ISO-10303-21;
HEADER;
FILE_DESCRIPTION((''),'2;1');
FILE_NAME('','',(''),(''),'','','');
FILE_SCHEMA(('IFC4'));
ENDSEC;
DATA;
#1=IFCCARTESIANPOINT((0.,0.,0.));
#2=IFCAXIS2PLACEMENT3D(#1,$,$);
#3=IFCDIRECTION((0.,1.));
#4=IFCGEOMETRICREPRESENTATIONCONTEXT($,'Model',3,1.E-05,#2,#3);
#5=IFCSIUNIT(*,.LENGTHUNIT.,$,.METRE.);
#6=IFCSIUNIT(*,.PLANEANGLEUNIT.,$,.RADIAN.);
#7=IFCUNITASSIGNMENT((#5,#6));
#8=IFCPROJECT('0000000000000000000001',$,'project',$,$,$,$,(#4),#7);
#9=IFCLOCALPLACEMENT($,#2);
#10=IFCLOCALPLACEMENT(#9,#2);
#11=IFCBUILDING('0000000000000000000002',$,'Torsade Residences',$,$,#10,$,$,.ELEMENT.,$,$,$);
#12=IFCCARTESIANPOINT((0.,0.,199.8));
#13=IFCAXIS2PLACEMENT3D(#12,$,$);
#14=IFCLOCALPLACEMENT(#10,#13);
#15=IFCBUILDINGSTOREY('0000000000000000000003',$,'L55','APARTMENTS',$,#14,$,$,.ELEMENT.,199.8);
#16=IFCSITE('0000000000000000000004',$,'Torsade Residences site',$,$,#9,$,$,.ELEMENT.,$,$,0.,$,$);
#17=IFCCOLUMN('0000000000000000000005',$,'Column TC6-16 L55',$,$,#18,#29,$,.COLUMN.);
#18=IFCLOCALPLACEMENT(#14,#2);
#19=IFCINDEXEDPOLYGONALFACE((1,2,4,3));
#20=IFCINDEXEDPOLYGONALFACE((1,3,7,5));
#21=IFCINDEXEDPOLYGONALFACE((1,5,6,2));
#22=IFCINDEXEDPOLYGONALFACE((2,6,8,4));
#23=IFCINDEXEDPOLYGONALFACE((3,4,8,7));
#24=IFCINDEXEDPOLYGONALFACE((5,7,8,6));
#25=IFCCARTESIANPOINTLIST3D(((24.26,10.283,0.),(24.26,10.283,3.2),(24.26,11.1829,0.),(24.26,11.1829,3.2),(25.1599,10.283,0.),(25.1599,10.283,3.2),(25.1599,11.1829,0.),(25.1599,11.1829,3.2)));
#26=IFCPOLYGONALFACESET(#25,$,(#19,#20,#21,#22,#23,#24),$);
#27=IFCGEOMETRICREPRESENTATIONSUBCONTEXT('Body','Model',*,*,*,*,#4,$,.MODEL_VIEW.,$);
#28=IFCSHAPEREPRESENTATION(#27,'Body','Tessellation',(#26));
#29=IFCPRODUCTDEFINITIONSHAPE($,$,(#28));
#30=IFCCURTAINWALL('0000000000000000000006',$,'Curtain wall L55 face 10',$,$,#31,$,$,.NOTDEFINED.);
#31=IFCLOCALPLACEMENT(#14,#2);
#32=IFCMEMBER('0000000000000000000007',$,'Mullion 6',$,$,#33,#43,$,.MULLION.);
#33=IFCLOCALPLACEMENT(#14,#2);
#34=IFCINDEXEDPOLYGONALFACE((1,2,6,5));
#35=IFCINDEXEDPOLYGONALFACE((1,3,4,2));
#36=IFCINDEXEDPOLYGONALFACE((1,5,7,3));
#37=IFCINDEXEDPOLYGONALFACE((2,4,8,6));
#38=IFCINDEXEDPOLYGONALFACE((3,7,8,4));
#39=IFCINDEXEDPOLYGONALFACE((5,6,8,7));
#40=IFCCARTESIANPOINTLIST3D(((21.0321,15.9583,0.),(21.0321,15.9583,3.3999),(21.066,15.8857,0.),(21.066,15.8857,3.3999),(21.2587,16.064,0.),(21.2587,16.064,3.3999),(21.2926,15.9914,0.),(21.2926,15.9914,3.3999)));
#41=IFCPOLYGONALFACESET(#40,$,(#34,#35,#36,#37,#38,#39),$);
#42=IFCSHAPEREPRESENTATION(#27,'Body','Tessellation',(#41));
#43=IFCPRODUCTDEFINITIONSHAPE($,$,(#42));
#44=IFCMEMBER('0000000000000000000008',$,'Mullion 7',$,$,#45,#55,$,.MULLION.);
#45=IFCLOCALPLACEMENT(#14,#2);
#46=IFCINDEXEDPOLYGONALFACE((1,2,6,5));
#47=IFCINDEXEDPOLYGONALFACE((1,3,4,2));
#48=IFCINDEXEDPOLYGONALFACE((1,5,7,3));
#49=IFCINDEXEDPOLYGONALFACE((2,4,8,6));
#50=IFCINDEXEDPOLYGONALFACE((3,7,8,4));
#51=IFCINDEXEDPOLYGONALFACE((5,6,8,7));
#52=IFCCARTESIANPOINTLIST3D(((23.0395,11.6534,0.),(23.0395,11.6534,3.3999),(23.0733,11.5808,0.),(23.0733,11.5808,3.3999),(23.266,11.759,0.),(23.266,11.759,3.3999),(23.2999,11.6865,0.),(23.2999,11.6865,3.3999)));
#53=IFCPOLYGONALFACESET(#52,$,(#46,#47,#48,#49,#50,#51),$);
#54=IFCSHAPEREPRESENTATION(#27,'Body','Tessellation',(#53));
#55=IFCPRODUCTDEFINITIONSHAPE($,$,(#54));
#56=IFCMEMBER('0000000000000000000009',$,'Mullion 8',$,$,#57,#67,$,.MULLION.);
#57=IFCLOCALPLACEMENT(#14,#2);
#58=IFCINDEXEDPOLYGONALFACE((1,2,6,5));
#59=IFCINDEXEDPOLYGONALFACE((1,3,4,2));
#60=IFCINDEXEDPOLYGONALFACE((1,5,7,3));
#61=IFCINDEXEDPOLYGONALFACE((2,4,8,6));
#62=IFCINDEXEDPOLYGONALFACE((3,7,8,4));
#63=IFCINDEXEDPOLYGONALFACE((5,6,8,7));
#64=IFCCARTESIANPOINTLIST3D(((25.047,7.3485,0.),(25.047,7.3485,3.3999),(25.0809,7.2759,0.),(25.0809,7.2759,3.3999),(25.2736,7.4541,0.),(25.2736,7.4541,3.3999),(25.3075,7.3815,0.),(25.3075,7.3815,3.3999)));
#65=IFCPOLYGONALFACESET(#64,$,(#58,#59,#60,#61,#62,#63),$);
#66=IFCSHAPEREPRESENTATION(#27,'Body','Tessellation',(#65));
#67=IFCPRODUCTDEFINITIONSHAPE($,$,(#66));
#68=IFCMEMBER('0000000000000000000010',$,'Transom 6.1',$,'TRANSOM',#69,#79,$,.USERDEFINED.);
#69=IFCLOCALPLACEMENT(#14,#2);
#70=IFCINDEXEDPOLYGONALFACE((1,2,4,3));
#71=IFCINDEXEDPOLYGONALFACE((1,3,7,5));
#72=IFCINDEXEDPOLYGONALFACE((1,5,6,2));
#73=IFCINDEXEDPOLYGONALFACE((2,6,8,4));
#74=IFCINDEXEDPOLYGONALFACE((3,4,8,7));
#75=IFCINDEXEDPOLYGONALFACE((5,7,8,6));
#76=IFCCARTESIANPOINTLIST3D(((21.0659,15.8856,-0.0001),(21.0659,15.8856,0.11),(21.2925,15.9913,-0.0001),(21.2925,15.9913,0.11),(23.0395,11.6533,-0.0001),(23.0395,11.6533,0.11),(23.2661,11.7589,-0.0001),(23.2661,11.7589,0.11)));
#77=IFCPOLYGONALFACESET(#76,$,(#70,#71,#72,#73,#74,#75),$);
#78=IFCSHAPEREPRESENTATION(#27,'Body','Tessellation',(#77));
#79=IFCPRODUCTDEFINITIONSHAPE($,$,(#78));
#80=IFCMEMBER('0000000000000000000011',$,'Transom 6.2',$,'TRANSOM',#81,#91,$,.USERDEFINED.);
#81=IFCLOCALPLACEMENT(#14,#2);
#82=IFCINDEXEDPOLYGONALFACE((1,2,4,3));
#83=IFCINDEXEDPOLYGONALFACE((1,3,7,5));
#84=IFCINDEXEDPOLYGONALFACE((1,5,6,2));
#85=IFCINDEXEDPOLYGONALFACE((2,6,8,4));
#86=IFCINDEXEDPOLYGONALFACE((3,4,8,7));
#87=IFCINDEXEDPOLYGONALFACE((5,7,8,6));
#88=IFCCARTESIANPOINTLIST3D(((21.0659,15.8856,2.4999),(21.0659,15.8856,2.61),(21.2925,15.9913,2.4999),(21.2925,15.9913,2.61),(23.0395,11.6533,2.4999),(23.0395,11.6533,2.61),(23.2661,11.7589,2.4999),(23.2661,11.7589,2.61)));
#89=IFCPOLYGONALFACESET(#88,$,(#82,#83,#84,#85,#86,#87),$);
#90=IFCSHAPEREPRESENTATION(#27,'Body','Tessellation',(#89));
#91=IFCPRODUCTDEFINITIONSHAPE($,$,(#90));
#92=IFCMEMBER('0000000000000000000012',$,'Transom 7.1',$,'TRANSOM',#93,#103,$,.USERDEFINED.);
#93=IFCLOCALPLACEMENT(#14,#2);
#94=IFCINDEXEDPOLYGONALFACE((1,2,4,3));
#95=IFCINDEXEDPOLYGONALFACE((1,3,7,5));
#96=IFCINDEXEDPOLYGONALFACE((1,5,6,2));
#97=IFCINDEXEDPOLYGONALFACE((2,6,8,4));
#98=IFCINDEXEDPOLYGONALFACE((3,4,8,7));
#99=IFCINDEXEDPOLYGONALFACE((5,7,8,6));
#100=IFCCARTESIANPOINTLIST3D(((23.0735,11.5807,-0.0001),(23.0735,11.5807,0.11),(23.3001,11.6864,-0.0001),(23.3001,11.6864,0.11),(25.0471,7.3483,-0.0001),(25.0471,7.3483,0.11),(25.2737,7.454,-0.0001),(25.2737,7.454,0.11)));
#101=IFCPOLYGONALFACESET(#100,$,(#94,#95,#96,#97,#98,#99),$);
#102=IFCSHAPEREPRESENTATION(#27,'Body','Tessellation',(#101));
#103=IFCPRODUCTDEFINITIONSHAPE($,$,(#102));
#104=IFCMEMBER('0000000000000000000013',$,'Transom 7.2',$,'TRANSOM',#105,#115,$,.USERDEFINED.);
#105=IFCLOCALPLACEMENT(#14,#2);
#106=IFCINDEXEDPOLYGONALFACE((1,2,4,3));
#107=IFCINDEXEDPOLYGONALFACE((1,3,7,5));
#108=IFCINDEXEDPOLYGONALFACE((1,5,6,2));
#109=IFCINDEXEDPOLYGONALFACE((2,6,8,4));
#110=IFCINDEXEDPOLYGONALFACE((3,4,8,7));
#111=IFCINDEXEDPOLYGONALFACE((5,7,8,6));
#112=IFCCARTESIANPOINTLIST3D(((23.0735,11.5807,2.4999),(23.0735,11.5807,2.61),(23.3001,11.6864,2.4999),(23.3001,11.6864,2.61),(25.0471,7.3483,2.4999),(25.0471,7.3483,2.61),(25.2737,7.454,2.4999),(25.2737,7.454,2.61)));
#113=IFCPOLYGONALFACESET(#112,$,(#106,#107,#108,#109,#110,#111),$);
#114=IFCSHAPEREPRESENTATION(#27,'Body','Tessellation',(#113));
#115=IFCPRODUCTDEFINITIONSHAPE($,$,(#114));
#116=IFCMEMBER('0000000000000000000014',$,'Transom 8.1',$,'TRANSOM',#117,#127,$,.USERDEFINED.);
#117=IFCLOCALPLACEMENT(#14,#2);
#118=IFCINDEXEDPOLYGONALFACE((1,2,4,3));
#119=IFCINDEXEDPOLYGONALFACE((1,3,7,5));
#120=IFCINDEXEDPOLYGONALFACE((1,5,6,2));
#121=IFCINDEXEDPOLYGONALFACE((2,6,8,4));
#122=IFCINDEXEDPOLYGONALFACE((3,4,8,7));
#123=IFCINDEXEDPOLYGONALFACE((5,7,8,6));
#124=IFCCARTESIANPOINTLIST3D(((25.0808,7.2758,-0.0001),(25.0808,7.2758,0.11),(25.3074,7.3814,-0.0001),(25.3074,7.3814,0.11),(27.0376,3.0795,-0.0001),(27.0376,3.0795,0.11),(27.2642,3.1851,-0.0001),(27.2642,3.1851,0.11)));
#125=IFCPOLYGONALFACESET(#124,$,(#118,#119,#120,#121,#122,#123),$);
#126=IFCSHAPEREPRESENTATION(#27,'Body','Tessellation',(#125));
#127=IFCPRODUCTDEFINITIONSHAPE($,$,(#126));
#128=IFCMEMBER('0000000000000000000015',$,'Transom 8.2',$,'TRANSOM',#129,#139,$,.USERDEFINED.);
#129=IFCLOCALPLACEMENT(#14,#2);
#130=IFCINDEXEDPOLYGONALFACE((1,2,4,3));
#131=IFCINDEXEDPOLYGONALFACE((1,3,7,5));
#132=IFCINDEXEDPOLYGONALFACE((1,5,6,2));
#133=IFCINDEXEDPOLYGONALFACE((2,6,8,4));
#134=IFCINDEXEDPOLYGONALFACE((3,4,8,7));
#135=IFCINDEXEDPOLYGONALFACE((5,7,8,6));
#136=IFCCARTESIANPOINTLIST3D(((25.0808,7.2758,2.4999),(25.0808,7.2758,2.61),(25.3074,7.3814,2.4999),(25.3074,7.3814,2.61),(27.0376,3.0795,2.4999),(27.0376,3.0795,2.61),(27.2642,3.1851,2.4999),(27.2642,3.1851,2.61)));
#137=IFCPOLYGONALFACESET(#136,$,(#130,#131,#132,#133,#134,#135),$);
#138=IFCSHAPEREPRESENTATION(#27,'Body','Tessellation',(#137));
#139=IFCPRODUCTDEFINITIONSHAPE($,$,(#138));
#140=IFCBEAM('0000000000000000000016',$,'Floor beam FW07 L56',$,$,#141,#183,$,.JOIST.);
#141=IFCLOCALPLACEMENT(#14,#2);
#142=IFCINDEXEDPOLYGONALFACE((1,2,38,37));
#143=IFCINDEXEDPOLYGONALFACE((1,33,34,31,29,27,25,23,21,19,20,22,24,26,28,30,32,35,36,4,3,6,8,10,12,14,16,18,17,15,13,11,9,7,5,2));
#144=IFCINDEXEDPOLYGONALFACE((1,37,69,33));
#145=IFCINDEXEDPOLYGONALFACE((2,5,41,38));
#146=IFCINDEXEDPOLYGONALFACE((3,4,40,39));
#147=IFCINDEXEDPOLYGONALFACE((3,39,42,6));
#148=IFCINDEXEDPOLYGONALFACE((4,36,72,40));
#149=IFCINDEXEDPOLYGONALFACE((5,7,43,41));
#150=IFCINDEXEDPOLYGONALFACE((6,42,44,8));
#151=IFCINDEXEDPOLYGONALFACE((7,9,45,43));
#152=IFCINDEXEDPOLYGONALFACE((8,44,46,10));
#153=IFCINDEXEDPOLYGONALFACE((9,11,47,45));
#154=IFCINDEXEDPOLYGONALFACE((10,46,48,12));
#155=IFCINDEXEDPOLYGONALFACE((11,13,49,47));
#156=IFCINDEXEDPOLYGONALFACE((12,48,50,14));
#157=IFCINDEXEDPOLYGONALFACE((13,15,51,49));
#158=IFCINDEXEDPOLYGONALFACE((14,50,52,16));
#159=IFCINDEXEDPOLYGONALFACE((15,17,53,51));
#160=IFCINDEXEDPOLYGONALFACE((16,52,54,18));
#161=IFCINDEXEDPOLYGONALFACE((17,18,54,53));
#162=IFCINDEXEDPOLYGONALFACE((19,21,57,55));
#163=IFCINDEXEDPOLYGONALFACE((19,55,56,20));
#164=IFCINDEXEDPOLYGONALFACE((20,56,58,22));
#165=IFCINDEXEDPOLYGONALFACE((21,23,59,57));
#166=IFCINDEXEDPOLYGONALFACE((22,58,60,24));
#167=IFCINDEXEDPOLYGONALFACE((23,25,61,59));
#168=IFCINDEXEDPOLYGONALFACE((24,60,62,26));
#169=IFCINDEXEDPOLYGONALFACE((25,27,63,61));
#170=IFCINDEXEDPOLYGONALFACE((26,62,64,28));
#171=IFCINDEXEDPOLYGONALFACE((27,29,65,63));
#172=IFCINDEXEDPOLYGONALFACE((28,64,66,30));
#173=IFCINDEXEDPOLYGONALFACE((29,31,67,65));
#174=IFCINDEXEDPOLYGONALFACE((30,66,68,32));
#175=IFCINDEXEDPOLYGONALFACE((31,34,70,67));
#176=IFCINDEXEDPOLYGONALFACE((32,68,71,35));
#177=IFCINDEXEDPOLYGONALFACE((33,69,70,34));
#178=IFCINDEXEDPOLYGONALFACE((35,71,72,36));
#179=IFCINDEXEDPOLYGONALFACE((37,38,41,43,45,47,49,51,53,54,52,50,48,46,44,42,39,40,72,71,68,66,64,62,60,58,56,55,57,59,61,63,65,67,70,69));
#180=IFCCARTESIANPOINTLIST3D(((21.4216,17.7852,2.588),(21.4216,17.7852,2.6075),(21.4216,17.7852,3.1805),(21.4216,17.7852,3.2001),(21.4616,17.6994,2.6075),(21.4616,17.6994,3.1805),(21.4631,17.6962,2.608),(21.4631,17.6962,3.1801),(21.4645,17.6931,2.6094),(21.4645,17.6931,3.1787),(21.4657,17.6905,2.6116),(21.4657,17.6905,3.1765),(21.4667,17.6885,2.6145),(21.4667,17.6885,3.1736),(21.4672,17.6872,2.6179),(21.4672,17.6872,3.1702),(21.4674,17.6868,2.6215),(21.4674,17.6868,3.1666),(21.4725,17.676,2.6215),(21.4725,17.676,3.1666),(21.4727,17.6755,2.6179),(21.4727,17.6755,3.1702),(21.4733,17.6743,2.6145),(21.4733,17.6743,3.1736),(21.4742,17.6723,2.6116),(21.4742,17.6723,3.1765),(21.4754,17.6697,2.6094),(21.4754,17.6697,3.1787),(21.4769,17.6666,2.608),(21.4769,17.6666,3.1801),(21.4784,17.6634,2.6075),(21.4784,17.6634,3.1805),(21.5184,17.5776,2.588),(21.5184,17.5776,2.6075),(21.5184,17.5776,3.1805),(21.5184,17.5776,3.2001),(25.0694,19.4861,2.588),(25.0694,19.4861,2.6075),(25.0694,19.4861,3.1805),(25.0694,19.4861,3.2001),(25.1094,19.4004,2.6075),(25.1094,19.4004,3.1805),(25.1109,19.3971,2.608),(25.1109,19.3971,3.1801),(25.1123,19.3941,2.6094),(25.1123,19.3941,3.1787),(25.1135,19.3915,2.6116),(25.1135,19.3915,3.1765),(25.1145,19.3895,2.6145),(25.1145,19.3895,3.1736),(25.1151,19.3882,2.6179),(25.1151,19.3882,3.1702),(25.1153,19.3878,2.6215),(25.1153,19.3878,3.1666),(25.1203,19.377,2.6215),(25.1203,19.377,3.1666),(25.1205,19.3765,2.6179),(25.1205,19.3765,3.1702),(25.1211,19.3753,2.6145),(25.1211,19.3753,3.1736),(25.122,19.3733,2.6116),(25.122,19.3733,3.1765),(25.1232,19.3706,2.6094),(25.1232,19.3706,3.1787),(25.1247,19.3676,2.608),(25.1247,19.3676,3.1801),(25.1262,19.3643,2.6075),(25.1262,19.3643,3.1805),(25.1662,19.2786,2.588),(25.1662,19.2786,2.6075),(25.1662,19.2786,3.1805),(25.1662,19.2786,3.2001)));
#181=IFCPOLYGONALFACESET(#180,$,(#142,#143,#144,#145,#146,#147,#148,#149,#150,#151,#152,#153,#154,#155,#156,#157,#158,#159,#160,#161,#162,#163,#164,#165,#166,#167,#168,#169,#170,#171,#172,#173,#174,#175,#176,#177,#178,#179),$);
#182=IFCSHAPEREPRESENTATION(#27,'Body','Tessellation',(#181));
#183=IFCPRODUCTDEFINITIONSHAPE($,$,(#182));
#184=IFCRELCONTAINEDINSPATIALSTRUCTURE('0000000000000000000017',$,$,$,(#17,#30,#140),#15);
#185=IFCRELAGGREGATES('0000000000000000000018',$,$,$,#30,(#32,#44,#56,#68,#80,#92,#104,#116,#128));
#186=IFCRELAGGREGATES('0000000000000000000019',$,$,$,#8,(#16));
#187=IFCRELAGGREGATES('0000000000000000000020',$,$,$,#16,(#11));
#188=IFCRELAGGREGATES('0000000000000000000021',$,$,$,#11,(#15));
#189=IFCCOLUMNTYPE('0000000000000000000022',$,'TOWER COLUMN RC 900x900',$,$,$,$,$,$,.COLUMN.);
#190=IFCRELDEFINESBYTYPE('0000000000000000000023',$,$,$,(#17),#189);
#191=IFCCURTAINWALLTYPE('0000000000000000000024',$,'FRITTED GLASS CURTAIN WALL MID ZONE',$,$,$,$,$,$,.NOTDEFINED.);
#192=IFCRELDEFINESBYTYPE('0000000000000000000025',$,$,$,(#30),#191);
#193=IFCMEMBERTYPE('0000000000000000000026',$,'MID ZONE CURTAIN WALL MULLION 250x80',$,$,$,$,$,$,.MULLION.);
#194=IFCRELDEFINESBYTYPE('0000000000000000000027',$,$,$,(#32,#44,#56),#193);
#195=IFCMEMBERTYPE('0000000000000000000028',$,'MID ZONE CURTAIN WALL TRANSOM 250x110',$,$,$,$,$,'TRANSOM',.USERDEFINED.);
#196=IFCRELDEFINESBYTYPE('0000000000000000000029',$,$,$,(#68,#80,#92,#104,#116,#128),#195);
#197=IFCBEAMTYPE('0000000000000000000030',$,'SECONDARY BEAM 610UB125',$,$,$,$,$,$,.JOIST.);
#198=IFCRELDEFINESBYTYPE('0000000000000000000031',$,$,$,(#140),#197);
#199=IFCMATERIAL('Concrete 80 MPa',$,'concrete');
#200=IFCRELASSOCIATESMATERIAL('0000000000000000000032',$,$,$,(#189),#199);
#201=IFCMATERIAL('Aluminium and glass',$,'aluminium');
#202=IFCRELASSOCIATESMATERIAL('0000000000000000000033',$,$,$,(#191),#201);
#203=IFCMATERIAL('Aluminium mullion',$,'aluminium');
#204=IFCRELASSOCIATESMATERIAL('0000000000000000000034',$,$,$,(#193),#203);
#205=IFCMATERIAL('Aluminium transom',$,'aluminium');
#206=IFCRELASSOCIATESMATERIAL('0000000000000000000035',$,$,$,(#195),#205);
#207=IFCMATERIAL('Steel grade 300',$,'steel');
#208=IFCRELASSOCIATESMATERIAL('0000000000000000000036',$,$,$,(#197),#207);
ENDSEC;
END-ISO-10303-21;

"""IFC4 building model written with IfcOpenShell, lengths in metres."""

from ifc_helpers import new_model, si_unit, direction, frame, origin, origin_2d, place, context, subcontext, project, spatial, rectangle, i_section, extrude, material, material_profile, profile_set, type_object, element, aggregate, save


model = new_model("IFC4")

# Units and contexts
model_context = context("Model", 3, precision=1e-05, world=origin(), true_north=direction((0.0, 1.0)))
body_context = subcontext(model_context, "Body", "Model", "MODEL_VIEW")
ifc_project = project(units=[si_unit("LENGTHUNIT", "METRE"), si_unit("PLANEANGLEUNIT", "RADIAN")], contexts=[model_context])

# Site, building, storey
site_placement = place(None, origin())
site = spatial("IfcSite", under=ifc_project, at=site_placement, Name="Torsade Residences site", CompositionType="ELEMENT", RefElevation=0.0)
building_placement = place(site_placement, origin())
building = spatial("IfcBuilding", under=site, at=building_placement, Name="Torsade Residences", CompositionType="ELEMENT")
storey_placement = place(building_placement, frame((0.0, 0.0, 199.8)))
storey = spatial("IfcBuildingStorey", under=building, at=storey_placement, Name="L55", Description="APARTMENTS", CompositionType="ELEMENT", Elevation=199.8)

# Column
ifc_material_1 = material(Name="Concrete 80 MPa", Category="concrete")
ifc_material_profile_1 = material_profile(ifc_material_1, rectangle(XDim=0.8999, YDim=0.8999, at=origin_2d()), Name="RC 900x900")
ifc_profile_set_1 = profile_set([ifc_material_profile_1], Name="Concrete 80 MPa")
column_type = type_object("IfcColumnType", Name="TOWER COLUMN RC 900x900", PredefinedType="COLUMN", material=ifc_profile_set_1)
column_placement = place(storey_placement, frame((24.71, 10.7329, 0.0), z_axis=(0.0, 0.0, 1.0), x_axis=(1.0, 0.0, 0.0)))
element("IfcColumn", 1, at=column_placement, inside=storey, type_object=column_type, Name="Column TC6-16 L55", PredefinedType="COLUMN", context=body_context, shape_type="SweptSolid", body=[
    extrude(rectangle(XDim=0.8999, YDim=0.8999, at=origin_2d()), origin(), (0.0, 0.0, 1.0), 3.2),
])

# Curtain wall, members
ifc_material_2 = material(Name="Aluminium and glass", Category="aluminium")
curtain_wall_type = type_object("IfcCurtainWallType", Name="FRITTED GLASS CURTAIN WALL MID ZONE", PredefinedType="NOTDEFINED", material=ifc_material_2)
curtain_wall_placement = place(storey_placement, origin())
curtain_wall = element("IfcCurtainWall", 2, at=curtain_wall_placement, inside=storey, type_object=curtain_wall_type, Name="Curtain wall L55 face 10", PredefinedType="NOTDEFINED")
ifc_material_3 = material(Name="Aluminium mullion", Category="aluminium")
ifc_material_profile_2 = material_profile(ifc_material_3, rectangle(XDim=0.25, YDim=0.0801, at=origin_2d()), Name="MID ZONE CURTAIN WALL MULLION 250x80")
ifc_profile_set_2 = profile_set([ifc_material_profile_2], Name="Aluminium mullion")
member_type_1 = type_object("IfcMemberType", Name="MID ZONE CURTAIN WALL MULLION 250x80", PredefinedType="MULLION", material=ifc_profile_set_2)
member_1_placement = place(storey_placement, frame((21.1624, 15.9749, 0.0), z_axis=(0.0, 0.0, 1.0), x_axis=(0.906308, 0.422618, 0.0)))
member_1 = element("IfcMember", 3, at=member_1_placement, type_object=member_type_1, Name="Mullion 6", PredefinedType="MULLION", context=body_context, shape_type="SweptSolid", body=[
    extrude(rectangle(XDim=0.25, YDim=0.0801, at=origin_2d()), origin(), (0.0, 0.0, 1.0), 3.3999),
])
member_2_placement = place(storey_placement, frame((23.1697, 11.6699, 0.0), z_axis=(0.0, 0.0, 1.0), x_axis=(0.906308, 0.422618, 0.0)))
member_2 = element("IfcMember", 4, at=member_2_placement, type_object=member_type_1, Name="Mullion 7", PredefinedType="MULLION", context=body_context, shape_type="SweptSolid", body=[
    extrude(rectangle(XDim=0.25, YDim=0.0801, at=origin_2d()), origin(), (0.0, 0.0, 1.0), 3.3999),
])
member_3_placement = place(storey_placement, frame((25.1772, 7.365, 0.0), z_axis=(0.0, 0.0, 1.0), x_axis=(0.906308, 0.422618, 0.0)))
member_3 = element("IfcMember", 5, at=member_3_placement, type_object=member_type_1, Name="Mullion 8", PredefinedType="MULLION", context=body_context, shape_type="SweptSolid", body=[
    extrude(rectangle(XDim=0.25, YDim=0.0801, at=origin_2d()), origin(), (0.0, 0.0, 1.0), 3.3999),
])
ifc_material_4 = material(Name="Aluminium transom", Category="aluminium")
ifc_material_profile_3 = material_profile(ifc_material_4, rectangle(XDim=0.25, YDim=0.1101, at=origin_2d()), Name="MID ZONE CURTAIN WALL TRANSOM 250x110")
ifc_profile_set_3 = profile_set([ifc_material_profile_3], Name="Aluminium transom")
member_type_2 = type_object("IfcMemberType", Name="MID ZONE CURTAIN WALL TRANSOM 250x110", ElementType="TRANSOM", PredefinedType="USERDEFINED", material=ifc_profile_set_3)
member_4_placement = place(storey_placement, frame((21.1792, 15.9385, 0.0549), z_axis=(0.422622, -0.906306, 0.0), x_axis=(0.906306, 0.422622, 0.0)))
member_4 = element("IfcMember", 6, at=member_4_placement, type_object=member_type_2, Name="Transom 6.1", ObjectType="TRANSOM", PredefinedType="USERDEFINED", context=body_context, shape_type="SweptSolid", body=[
    extrude(rectangle(XDim=0.25, YDim=0.1101, at=origin_2d()), origin(), (0.0, 0.0, 1.0), 4.6699),
])
member_5_placement = place(storey_placement, frame((21.1792, 15.9385, 2.5549), z_axis=(0.422622, -0.906306, 0.0), x_axis=(0.906306, 0.422622, 0.0)))
member_5 = element("IfcMember", 7, at=member_5_placement, type_object=member_type_2, Name="Transom 6.2", ObjectType="TRANSOM", PredefinedType="USERDEFINED", context=body_context, shape_type="SweptSolid", body=[
    extrude(rectangle(XDim=0.25, YDim=0.1101, at=origin_2d()), origin(), (0.0, 0.0, 1.0), 4.6699),
])
member_6_placement = place(storey_placement, frame((23.1868, 11.6335, 0.0549), z_axis=(0.422622, -0.906306, 0.0), x_axis=(0.906306, 0.422622, 0.0)))
member_6 = element("IfcMember", 8, at=member_6_placement, type_object=member_type_2, Name="Transom 7.1", ObjectType="TRANSOM", PredefinedType="USERDEFINED", context=body_context, shape_type="SweptSolid", body=[
    extrude(rectangle(XDim=0.25, YDim=0.1101, at=origin_2d()), origin(), (0.0, 0.0, 1.0), 4.6699),
])
member_7_placement = place(storey_placement, frame((23.1868, 11.6335, 2.5549), z_axis=(0.422622, -0.906306, 0.0), x_axis=(0.906306, 0.422622, 0.0)))
member_7 = element("IfcMember", 9, at=member_7_placement, type_object=member_type_2, Name="Transom 7.2", ObjectType="TRANSOM", PredefinedType="USERDEFINED", context=body_context, shape_type="SweptSolid", body=[
    extrude(rectangle(XDim=0.25, YDim=0.1101, at=origin_2d()), origin(), (0.0, 0.0, 1.0), 4.6699),
])
member_8_placement = place(storey_placement, frame((25.1941, 7.3286, 0.0549), z_axis=(0.422623, -0.906306, 0.0), x_axis=(0.906306, 0.422623, 0.0)))
member_8 = element("IfcMember", 10, at=member_8_placement, type_object=member_type_2, Name="Transom 8.1", ObjectType="TRANSOM", PredefinedType="USERDEFINED", context=body_context, shape_type="SweptSolid", body=[
    extrude(rectangle(XDim=0.25, YDim=0.1101, at=origin_2d()), origin(), (0.0, 0.0, 1.0), 4.6301),
])
member_9_placement = place(storey_placement, frame((25.1941, 7.3286, 2.5549), z_axis=(0.422623, -0.906306, 0.0), x_axis=(0.906306, 0.422623, 0.0)))
member_9 = element("IfcMember", 11, at=member_9_placement, type_object=member_type_2, Name="Transom 8.2", ObjectType="TRANSOM", PredefinedType="USERDEFINED", context=body_context, shape_type="SweptSolid", body=[
    extrude(rectangle(XDim=0.25, YDim=0.1101, at=origin_2d()), origin(), (0.0, 0.0, 1.0), 4.6301),
])

# Beam
ifc_material_5 = material(Name="Steel grade 300", Category="steel")
ifc_material_profile_4 = material_profile(ifc_material_5, i_section(OverallWidth=0.229, OverallDepth=0.6121, WebThickness=0.012, FlangeThickness=0.0195, FilletRadius=0.0139, at=origin_2d()), Name="610UB125")
ifc_profile_set_4 = profile_set([ifc_material_profile_4], Name="Steel grade 300")
beam_type_1 = type_object("IfcBeamType", Name="SECONDARY BEAM 610UB125", PredefinedType="JOIST", material=ifc_profile_set_4)
beam_1_placement = place(storey_placement, frame((21.47, 17.6814, 2.894), z_axis=(0.90631, 0.422613, 0.0), x_axis=(-0.422613, 0.90631, 0.0)))
element("IfcBeam", 12, at=beam_1_placement, inside=storey, type_object=beam_type_1, Name="Floor beam FW07 L56", PredefinedType="JOIST", context=body_context, shape_type="SweptSolid", body=[
    extrude(i_section(OverallWidth=0.229, OverallDepth=0.6121, WebThickness=0.012, FlangeThickness=0.0195, FilletRadius=0.0139, at=origin_2d()), origin(), (0.0, 0.0, 1.0), 4.0249),
])

aggregate(curtain_wall, [member_1, member_2, member_3, member_4, member_5, member_6, member_7, member_8, member_9])

save(model, "model.ifc")
